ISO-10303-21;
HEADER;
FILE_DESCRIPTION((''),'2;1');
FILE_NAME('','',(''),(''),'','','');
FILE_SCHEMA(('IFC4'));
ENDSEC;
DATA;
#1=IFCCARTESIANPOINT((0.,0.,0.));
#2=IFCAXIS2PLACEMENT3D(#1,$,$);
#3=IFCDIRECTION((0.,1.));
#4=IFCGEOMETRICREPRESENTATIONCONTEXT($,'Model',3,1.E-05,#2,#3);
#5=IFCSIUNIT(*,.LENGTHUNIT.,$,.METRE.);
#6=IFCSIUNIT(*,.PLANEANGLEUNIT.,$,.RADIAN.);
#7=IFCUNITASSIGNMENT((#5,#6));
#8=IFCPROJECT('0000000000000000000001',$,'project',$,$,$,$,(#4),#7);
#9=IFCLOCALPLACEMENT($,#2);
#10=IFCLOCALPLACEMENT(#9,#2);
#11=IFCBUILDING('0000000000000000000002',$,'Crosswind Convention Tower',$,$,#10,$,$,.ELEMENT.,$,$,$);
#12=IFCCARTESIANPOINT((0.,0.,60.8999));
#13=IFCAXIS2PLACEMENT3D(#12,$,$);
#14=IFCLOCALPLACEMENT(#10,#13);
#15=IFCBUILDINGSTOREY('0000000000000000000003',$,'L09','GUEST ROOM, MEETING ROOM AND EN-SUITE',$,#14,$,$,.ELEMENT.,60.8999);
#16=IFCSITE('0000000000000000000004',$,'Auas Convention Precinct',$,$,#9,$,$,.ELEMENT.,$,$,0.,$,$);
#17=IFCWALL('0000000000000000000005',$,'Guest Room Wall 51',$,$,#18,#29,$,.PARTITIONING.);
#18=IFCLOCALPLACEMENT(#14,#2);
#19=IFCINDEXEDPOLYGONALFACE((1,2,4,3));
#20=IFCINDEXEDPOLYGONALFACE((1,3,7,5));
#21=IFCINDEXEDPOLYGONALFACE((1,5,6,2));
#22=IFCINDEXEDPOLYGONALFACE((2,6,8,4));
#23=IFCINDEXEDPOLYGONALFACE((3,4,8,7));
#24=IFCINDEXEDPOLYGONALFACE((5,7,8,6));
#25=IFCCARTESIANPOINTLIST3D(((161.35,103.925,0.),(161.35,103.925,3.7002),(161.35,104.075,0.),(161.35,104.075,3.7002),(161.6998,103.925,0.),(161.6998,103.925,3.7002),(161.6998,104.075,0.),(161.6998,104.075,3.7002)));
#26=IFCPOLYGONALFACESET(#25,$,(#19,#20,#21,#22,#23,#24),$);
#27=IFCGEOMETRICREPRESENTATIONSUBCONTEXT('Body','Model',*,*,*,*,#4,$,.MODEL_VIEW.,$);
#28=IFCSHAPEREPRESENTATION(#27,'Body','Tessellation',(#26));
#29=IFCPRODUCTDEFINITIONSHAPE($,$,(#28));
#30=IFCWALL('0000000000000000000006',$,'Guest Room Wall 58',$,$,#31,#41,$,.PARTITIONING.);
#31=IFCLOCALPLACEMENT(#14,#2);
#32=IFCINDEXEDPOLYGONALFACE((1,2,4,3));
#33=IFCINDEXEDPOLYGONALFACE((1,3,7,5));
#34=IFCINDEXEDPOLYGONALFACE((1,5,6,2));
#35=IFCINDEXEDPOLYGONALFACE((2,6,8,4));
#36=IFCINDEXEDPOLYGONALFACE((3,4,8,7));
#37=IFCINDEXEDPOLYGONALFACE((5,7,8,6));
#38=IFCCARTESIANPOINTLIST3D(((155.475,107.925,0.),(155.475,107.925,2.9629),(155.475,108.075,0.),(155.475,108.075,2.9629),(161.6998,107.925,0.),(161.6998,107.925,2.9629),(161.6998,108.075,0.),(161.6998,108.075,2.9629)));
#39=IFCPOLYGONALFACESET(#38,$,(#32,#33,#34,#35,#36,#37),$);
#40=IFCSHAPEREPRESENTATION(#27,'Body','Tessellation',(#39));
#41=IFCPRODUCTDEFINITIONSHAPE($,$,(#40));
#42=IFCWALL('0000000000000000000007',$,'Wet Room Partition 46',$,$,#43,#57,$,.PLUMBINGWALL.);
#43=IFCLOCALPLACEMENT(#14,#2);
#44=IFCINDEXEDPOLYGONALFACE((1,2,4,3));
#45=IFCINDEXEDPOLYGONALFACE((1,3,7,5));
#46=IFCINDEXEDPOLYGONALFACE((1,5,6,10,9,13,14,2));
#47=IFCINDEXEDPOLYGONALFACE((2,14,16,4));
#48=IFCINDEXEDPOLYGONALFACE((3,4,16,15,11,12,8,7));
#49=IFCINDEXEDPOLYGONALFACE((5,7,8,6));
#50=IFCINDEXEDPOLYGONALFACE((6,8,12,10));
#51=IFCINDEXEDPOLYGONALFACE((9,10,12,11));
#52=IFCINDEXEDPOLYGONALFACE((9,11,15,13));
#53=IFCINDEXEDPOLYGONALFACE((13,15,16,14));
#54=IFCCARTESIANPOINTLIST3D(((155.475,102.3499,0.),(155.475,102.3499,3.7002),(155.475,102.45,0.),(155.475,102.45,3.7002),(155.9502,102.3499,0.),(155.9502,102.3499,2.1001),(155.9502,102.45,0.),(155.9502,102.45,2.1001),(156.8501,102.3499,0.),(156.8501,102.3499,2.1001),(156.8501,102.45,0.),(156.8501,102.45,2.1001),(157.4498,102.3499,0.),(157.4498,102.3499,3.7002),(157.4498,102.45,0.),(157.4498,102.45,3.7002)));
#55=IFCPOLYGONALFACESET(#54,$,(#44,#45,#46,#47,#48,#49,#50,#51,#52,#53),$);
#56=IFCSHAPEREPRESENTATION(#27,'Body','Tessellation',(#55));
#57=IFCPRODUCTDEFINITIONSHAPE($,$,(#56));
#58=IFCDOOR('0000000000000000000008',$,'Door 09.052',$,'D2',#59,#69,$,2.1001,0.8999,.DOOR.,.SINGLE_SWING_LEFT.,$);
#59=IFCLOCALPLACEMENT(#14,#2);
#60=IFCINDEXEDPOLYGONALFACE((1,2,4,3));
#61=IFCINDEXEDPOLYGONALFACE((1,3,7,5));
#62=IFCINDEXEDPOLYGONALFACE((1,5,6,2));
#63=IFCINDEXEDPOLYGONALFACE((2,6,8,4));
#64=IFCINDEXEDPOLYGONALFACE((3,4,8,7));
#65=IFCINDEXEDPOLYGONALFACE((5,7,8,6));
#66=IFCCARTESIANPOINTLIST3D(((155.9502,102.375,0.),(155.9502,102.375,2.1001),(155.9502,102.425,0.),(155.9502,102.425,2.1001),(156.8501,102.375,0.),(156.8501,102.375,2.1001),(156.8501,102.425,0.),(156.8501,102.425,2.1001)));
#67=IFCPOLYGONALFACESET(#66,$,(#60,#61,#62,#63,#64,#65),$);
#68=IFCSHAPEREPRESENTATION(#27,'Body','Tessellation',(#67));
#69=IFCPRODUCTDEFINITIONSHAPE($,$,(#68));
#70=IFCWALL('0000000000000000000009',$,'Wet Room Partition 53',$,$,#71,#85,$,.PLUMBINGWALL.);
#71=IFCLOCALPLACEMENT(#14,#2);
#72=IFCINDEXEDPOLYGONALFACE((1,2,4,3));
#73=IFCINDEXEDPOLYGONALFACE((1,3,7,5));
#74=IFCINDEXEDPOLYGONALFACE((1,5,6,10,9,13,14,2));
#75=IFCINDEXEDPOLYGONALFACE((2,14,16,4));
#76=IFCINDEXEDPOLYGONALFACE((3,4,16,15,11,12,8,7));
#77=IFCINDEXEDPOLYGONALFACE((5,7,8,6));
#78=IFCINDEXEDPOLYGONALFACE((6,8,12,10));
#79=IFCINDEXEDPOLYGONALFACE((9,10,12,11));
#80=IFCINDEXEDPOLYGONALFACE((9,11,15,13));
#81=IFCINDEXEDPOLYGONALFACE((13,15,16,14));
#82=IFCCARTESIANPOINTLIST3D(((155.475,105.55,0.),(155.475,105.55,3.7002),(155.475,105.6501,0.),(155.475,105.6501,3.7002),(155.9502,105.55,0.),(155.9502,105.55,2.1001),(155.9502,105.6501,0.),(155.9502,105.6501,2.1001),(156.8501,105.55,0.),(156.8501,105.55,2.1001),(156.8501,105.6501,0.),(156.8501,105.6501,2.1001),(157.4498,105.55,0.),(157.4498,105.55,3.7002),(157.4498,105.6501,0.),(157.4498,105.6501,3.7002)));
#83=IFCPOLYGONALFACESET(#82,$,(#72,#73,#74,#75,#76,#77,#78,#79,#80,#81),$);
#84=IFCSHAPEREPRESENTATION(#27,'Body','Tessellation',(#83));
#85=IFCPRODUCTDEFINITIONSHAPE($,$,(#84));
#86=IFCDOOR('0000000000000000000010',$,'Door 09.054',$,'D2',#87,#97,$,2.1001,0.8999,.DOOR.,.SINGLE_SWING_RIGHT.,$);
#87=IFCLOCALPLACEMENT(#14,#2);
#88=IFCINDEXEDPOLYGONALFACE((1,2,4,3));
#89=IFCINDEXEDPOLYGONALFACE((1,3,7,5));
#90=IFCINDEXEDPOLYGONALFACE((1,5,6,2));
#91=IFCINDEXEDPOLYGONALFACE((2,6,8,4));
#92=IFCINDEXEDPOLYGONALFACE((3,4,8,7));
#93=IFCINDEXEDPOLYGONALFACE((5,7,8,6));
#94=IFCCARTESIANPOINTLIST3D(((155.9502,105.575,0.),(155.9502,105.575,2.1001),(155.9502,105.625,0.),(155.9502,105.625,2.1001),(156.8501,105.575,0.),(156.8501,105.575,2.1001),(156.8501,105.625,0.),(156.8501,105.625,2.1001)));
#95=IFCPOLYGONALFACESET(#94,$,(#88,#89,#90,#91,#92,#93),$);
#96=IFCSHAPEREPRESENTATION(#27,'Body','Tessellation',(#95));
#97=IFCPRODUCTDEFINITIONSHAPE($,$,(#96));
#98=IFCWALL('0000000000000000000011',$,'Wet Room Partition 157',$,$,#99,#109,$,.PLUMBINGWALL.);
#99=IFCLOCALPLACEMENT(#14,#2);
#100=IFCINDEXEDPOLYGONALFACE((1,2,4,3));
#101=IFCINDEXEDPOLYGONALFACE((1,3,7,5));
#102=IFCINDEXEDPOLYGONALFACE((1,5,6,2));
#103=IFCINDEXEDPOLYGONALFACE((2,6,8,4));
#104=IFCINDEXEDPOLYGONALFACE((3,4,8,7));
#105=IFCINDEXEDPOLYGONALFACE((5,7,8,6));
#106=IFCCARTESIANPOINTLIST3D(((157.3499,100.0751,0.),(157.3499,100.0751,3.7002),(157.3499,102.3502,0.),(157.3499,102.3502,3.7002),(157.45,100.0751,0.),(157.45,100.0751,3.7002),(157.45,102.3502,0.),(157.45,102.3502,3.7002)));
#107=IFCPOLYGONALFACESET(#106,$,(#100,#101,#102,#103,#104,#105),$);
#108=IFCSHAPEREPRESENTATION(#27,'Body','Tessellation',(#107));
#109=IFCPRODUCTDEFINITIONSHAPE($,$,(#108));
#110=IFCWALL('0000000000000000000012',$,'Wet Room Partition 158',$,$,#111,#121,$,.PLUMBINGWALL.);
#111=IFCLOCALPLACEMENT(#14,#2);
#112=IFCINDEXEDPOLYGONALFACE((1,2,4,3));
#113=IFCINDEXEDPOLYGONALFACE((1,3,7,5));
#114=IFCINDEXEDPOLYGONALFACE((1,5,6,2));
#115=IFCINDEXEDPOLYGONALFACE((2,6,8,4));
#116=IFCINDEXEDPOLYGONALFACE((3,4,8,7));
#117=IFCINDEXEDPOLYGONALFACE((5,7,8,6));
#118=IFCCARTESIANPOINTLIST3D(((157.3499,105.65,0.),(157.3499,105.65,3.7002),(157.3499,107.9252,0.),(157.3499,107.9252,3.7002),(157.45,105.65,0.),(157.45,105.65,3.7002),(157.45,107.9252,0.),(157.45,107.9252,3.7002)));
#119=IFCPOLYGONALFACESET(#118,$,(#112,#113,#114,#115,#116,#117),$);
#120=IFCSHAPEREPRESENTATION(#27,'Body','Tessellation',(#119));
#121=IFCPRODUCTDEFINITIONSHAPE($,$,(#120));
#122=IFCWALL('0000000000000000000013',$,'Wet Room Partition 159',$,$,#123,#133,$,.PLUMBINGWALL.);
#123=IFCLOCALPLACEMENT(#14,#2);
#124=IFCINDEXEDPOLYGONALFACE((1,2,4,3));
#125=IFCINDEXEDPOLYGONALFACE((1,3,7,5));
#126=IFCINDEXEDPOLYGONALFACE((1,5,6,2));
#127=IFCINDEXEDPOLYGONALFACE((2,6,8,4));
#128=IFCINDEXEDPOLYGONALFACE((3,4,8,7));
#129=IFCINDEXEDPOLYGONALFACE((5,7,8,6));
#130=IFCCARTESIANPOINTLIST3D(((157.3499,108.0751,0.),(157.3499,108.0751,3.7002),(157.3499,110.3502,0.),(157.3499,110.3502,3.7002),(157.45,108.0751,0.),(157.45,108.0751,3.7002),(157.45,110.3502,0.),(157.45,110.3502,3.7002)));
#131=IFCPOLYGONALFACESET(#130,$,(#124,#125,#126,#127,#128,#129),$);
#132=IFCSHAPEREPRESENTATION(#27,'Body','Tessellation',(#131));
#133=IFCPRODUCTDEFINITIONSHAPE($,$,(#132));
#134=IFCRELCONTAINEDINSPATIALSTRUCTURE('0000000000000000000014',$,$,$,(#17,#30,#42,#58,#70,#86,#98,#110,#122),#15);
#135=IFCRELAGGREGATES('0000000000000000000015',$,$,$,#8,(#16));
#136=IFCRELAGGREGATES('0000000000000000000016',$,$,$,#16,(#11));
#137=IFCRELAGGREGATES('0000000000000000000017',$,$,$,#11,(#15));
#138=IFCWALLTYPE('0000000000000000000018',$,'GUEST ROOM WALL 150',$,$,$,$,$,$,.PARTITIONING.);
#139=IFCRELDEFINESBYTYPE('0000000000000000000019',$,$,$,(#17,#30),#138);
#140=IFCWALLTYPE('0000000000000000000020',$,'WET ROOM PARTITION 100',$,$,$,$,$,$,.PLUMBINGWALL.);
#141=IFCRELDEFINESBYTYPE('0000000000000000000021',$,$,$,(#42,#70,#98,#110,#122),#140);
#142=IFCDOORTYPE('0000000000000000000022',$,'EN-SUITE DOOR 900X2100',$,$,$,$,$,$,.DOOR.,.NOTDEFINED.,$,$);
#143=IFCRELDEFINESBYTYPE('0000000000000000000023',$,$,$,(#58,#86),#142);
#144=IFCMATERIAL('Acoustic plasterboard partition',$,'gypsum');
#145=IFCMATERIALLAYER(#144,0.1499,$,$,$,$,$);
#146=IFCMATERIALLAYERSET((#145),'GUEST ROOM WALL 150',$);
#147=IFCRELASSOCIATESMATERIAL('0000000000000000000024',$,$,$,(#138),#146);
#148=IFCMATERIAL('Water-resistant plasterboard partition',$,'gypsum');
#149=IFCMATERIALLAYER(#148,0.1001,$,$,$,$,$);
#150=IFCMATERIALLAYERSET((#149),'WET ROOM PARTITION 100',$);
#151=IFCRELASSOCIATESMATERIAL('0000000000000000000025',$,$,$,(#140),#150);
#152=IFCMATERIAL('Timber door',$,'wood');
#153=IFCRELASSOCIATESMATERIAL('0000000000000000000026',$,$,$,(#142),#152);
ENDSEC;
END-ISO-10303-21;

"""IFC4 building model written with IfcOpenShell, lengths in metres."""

from ifc_helpers import new_model, si_unit, direction, frame, frame_2d, origin, place, context, subcontext, project, spatial, rectangle, extrude, material, layer, layer_set, type_object, element, fill, save


model = new_model("IFC4")

# Units and contexts
model_context = context("Model", 3, precision=1e-05, world=origin(), true_north=direction((0.0, 1.0)))
body_context = subcontext(model_context, "Body", "Model", "MODEL_VIEW")
ifc_project = project(units=[si_unit("LENGTHUNIT", "METRE"), si_unit("PLANEANGLEUNIT", "RADIAN")], contexts=[model_context])

# Site, building, storey
site_placement = place(None, origin())
site = spatial("IfcSite", under=ifc_project, at=site_placement, Name="Auas Convention Precinct", CompositionType="ELEMENT", RefElevation=0.0)
building_placement = place(site_placement, origin())
building = spatial("IfcBuilding", under=site, at=building_placement, Name="Crosswind Convention Tower", CompositionType="ELEMENT")
storey_placement = place(building_placement, frame((0.0, 0.0, 60.8999)))
storey = spatial("IfcBuildingStorey", under=building, at=storey_placement, Name="L09", Description="GUEST ROOM, MEETING ROOM AND EN-SUITE", CompositionType="ELEMENT", Elevation=60.8999)

# Walls
ifc_material_1 = material(Name="Acoustic plasterboard partition", Category="gypsum")
ifc_layer_1 = layer(ifc_material_1, 0.1499)
ifc_layer_set_1 = layer_set([ifc_layer_1], Name="GUEST ROOM WALL 150")
wall_type_1 = type_object("IfcWallType", Name="GUEST ROOM WALL 150", PredefinedType="PARTITIONING", material=ifc_layer_set_1)
wall_1_placement = place(storey_placement, frame((161.3501, 104.0, 0.0), z_axis=(0.0, 0.0, 1.0), x_axis=(1.0, 0.0, 0.0)))
element("IfcWall", 1, at=wall_1_placement, inside=storey, type_object=wall_type_1, Name="Guest Room Wall 51", PredefinedType="PARTITIONING", context=body_context, shape_type="SweptSolid", body=[
    extrude(rectangle(XDim=0.3499, YDim=0.1499, at=frame_2d((0.1748, 0.0))), origin(), (0.0, 0.0, 1.0), 3.7002),
])
wall_2_placement = place(storey_placement, frame((155.4751, 108.0, 0.0), z_axis=(0.0, 0.0, 1.0), x_axis=(1.0, 0.0, 0.0)))
element("IfcWall", 2, at=wall_2_placement, inside=storey, type_object=wall_type_1, Name="Guest Room Wall 58", PredefinedType="PARTITIONING", context=body_context, shape_type="SweptSolid", body=[
    extrude(rectangle(XDim=6.2249, YDim=0.1499, at=frame_2d((3.1123, 0.0))), origin(), (0.0, 0.0, 1.0), 2.9629),
])

# Walls, openings, doors
ifc_material_2 = material(Name="Water-resistant plasterboard partition", Category="gypsum")
ifc_layer_2 = layer(ifc_material_2, 0.1001)
ifc_layer_set_2 = layer_set([ifc_layer_2], Name="WET ROOM PARTITION 100")
wall_type_2 = type_object("IfcWallType", Name="WET ROOM PARTITION 100", PredefinedType="PLUMBINGWALL", material=ifc_layer_set_2)
wall_3_placement = place(storey_placement, frame((155.4751, 102.3999, 0.0), z_axis=(0.0, 0.0, 1.0), x_axis=(1.0, 0.0, 0.0)))
wall_3 = element("IfcWall", 3, at=wall_3_placement, inside=storey, type_object=wall_type_2, Name="Wet Room Partition 46", PredefinedType="PLUMBINGWALL", context=body_context, shape_type="SweptSolid", body=[
    extrude(rectangle(XDim=1.9749, YDim=0.1001, at=frame_2d((0.9873, 0.0))), origin(), (0.0, 0.0, 1.0), 3.7002),
])
opening_1_placement = place(wall_3_placement, frame((0.4751, 0.0, 0.0)))
opening_1 = element("IfcOpeningElement", 4, at=opening_1_placement, cuts=wall_3, PredefinedType="OPENING", context=body_context, shape_type="SweptSolid", body=[
    extrude(rectangle(XDim=0.8999, YDim=2.1001, at=frame_2d((0.45, 1.05))), frame((0.0, 0.0601, 0.0), z_axis=(0.0, -1.0, 0.0), x_axis=(1.0, 0.0, 0.0)), (0.0, 0.0, 1.0), 0.1201),
])
ifc_material_3 = material(Name="Timber door", Category="wood")
door_type = type_object("IfcDoorType", Name="EN-SUITE DOOR 900X2100", OperationType="NOTDEFINED", PredefinedType="DOOR", material=ifc_material_3)
door_1_placement = place(opening_1_placement, frame((0.8999, 0.0, 0.0), z_axis=(0.0, 0.0, 1.0), x_axis=(-1.0, 0.0, 0.0)))
door_1 = element("IfcDoor", 5, at=door_1_placement, inside=storey, type_object=door_type, Name="Door 09.052", ObjectType="D2", OperationType="SINGLE_SWING_LEFT", OverallHeight=2.1001, OverallWidth=0.8999, PredefinedType="DOOR", context=body_context, shape_type="SweptSolid", body=[
    extrude(rectangle(XDim=0.8999, YDim=2.1001, at=frame_2d((0.45, 1.05))), frame((0.0, 0.0249, 0.0), z_axis=(0.0, -1.0, 0.0), x_axis=(1.0, 0.0, 0.0)), (0.0, 0.0, 1.0), 0.05),
])
fill(opening_1, door_1)
wall_4_placement = place(storey_placement, frame((155.4751, 105.6001, 0.0), z_axis=(0.0, 0.0, 1.0), x_axis=(1.0, 0.0, 0.0)))
wall_4 = element("IfcWall", 6, at=wall_4_placement, inside=storey, type_object=wall_type_2, Name="Wet Room Partition 53", PredefinedType="PLUMBINGWALL", context=body_context, shape_type="SweptSolid", body=[
    extrude(rectangle(XDim=1.9749, YDim=0.1001, at=frame_2d((0.9873, 0.0))), origin(), (0.0, 0.0, 1.0), 3.7002),
])
opening_2_placement = place(wall_4_placement, frame((0.4751, 0.0, 0.0)))
opening_2 = element("IfcOpeningElement", 7, at=opening_2_placement, cuts=wall_4, PredefinedType="OPENING", context=body_context, shape_type="SweptSolid", body=[
    extrude(rectangle(XDim=0.8999, YDim=2.1001, at=frame_2d((0.45, 1.05))), frame((0.0, 0.0601, 0.0), z_axis=(0.0, -1.0, 0.0), x_axis=(1.0, 0.0, 0.0)), (0.0, 0.0, 1.0), 0.1201),
])
door_2_placement = place(opening_2_placement, origin())
door_2 = element("IfcDoor", 8, at=door_2_placement, inside=storey, type_object=door_type, Name="Door 09.054", ObjectType="D2", OperationType="SINGLE_SWING_RIGHT", OverallHeight=2.1001, OverallWidth=0.8999, PredefinedType="DOOR", context=body_context, shape_type="SweptSolid", body=[
    extrude(rectangle(XDim=0.8999, YDim=2.1001, at=frame_2d((0.45, 1.05))), frame((0.0, 0.0249, 0.0), z_axis=(0.0, -1.0, 0.0), x_axis=(1.0, 0.0, 0.0)), (0.0, 0.0, 1.0), 0.05),
])
fill(opening_2, door_2)

# Walls
for number, where, z_axis, x_axis, name in (
    (9, (157.3999, 100.075, 0.0), (0.0, 0.0, 1.0), (0.0, 1.0, 0.0), "Wet Room Partition 157"),
    (10, (157.3999, 105.6499, 0.0), (0.0, 0.0, 1.0), (0.0, 1.0, 0.0), "Wet Room Partition 158"),
    (11, (157.3999, 108.075, 0.0), (0.0, 0.0, 1.0), (0.0, 1.0, 0.0), "Wet Room Partition 159"),
):
    element("IfcWall", number, at=place(storey_placement, frame(where, z_axis=z_axis, x_axis=x_axis)), inside=storey, type_object=wall_type_2, Name=name, PredefinedType="PLUMBINGWALL", context=body_context, shape_type="SweptSolid", body=[
        extrude(rectangle(XDim=2.2751, YDim=0.1001, at=frame_2d((1.1377, 0.0))), origin(), (0.0, 0.0, 1.0), 3.7002),
    ])

save(model, "model.ifc")
